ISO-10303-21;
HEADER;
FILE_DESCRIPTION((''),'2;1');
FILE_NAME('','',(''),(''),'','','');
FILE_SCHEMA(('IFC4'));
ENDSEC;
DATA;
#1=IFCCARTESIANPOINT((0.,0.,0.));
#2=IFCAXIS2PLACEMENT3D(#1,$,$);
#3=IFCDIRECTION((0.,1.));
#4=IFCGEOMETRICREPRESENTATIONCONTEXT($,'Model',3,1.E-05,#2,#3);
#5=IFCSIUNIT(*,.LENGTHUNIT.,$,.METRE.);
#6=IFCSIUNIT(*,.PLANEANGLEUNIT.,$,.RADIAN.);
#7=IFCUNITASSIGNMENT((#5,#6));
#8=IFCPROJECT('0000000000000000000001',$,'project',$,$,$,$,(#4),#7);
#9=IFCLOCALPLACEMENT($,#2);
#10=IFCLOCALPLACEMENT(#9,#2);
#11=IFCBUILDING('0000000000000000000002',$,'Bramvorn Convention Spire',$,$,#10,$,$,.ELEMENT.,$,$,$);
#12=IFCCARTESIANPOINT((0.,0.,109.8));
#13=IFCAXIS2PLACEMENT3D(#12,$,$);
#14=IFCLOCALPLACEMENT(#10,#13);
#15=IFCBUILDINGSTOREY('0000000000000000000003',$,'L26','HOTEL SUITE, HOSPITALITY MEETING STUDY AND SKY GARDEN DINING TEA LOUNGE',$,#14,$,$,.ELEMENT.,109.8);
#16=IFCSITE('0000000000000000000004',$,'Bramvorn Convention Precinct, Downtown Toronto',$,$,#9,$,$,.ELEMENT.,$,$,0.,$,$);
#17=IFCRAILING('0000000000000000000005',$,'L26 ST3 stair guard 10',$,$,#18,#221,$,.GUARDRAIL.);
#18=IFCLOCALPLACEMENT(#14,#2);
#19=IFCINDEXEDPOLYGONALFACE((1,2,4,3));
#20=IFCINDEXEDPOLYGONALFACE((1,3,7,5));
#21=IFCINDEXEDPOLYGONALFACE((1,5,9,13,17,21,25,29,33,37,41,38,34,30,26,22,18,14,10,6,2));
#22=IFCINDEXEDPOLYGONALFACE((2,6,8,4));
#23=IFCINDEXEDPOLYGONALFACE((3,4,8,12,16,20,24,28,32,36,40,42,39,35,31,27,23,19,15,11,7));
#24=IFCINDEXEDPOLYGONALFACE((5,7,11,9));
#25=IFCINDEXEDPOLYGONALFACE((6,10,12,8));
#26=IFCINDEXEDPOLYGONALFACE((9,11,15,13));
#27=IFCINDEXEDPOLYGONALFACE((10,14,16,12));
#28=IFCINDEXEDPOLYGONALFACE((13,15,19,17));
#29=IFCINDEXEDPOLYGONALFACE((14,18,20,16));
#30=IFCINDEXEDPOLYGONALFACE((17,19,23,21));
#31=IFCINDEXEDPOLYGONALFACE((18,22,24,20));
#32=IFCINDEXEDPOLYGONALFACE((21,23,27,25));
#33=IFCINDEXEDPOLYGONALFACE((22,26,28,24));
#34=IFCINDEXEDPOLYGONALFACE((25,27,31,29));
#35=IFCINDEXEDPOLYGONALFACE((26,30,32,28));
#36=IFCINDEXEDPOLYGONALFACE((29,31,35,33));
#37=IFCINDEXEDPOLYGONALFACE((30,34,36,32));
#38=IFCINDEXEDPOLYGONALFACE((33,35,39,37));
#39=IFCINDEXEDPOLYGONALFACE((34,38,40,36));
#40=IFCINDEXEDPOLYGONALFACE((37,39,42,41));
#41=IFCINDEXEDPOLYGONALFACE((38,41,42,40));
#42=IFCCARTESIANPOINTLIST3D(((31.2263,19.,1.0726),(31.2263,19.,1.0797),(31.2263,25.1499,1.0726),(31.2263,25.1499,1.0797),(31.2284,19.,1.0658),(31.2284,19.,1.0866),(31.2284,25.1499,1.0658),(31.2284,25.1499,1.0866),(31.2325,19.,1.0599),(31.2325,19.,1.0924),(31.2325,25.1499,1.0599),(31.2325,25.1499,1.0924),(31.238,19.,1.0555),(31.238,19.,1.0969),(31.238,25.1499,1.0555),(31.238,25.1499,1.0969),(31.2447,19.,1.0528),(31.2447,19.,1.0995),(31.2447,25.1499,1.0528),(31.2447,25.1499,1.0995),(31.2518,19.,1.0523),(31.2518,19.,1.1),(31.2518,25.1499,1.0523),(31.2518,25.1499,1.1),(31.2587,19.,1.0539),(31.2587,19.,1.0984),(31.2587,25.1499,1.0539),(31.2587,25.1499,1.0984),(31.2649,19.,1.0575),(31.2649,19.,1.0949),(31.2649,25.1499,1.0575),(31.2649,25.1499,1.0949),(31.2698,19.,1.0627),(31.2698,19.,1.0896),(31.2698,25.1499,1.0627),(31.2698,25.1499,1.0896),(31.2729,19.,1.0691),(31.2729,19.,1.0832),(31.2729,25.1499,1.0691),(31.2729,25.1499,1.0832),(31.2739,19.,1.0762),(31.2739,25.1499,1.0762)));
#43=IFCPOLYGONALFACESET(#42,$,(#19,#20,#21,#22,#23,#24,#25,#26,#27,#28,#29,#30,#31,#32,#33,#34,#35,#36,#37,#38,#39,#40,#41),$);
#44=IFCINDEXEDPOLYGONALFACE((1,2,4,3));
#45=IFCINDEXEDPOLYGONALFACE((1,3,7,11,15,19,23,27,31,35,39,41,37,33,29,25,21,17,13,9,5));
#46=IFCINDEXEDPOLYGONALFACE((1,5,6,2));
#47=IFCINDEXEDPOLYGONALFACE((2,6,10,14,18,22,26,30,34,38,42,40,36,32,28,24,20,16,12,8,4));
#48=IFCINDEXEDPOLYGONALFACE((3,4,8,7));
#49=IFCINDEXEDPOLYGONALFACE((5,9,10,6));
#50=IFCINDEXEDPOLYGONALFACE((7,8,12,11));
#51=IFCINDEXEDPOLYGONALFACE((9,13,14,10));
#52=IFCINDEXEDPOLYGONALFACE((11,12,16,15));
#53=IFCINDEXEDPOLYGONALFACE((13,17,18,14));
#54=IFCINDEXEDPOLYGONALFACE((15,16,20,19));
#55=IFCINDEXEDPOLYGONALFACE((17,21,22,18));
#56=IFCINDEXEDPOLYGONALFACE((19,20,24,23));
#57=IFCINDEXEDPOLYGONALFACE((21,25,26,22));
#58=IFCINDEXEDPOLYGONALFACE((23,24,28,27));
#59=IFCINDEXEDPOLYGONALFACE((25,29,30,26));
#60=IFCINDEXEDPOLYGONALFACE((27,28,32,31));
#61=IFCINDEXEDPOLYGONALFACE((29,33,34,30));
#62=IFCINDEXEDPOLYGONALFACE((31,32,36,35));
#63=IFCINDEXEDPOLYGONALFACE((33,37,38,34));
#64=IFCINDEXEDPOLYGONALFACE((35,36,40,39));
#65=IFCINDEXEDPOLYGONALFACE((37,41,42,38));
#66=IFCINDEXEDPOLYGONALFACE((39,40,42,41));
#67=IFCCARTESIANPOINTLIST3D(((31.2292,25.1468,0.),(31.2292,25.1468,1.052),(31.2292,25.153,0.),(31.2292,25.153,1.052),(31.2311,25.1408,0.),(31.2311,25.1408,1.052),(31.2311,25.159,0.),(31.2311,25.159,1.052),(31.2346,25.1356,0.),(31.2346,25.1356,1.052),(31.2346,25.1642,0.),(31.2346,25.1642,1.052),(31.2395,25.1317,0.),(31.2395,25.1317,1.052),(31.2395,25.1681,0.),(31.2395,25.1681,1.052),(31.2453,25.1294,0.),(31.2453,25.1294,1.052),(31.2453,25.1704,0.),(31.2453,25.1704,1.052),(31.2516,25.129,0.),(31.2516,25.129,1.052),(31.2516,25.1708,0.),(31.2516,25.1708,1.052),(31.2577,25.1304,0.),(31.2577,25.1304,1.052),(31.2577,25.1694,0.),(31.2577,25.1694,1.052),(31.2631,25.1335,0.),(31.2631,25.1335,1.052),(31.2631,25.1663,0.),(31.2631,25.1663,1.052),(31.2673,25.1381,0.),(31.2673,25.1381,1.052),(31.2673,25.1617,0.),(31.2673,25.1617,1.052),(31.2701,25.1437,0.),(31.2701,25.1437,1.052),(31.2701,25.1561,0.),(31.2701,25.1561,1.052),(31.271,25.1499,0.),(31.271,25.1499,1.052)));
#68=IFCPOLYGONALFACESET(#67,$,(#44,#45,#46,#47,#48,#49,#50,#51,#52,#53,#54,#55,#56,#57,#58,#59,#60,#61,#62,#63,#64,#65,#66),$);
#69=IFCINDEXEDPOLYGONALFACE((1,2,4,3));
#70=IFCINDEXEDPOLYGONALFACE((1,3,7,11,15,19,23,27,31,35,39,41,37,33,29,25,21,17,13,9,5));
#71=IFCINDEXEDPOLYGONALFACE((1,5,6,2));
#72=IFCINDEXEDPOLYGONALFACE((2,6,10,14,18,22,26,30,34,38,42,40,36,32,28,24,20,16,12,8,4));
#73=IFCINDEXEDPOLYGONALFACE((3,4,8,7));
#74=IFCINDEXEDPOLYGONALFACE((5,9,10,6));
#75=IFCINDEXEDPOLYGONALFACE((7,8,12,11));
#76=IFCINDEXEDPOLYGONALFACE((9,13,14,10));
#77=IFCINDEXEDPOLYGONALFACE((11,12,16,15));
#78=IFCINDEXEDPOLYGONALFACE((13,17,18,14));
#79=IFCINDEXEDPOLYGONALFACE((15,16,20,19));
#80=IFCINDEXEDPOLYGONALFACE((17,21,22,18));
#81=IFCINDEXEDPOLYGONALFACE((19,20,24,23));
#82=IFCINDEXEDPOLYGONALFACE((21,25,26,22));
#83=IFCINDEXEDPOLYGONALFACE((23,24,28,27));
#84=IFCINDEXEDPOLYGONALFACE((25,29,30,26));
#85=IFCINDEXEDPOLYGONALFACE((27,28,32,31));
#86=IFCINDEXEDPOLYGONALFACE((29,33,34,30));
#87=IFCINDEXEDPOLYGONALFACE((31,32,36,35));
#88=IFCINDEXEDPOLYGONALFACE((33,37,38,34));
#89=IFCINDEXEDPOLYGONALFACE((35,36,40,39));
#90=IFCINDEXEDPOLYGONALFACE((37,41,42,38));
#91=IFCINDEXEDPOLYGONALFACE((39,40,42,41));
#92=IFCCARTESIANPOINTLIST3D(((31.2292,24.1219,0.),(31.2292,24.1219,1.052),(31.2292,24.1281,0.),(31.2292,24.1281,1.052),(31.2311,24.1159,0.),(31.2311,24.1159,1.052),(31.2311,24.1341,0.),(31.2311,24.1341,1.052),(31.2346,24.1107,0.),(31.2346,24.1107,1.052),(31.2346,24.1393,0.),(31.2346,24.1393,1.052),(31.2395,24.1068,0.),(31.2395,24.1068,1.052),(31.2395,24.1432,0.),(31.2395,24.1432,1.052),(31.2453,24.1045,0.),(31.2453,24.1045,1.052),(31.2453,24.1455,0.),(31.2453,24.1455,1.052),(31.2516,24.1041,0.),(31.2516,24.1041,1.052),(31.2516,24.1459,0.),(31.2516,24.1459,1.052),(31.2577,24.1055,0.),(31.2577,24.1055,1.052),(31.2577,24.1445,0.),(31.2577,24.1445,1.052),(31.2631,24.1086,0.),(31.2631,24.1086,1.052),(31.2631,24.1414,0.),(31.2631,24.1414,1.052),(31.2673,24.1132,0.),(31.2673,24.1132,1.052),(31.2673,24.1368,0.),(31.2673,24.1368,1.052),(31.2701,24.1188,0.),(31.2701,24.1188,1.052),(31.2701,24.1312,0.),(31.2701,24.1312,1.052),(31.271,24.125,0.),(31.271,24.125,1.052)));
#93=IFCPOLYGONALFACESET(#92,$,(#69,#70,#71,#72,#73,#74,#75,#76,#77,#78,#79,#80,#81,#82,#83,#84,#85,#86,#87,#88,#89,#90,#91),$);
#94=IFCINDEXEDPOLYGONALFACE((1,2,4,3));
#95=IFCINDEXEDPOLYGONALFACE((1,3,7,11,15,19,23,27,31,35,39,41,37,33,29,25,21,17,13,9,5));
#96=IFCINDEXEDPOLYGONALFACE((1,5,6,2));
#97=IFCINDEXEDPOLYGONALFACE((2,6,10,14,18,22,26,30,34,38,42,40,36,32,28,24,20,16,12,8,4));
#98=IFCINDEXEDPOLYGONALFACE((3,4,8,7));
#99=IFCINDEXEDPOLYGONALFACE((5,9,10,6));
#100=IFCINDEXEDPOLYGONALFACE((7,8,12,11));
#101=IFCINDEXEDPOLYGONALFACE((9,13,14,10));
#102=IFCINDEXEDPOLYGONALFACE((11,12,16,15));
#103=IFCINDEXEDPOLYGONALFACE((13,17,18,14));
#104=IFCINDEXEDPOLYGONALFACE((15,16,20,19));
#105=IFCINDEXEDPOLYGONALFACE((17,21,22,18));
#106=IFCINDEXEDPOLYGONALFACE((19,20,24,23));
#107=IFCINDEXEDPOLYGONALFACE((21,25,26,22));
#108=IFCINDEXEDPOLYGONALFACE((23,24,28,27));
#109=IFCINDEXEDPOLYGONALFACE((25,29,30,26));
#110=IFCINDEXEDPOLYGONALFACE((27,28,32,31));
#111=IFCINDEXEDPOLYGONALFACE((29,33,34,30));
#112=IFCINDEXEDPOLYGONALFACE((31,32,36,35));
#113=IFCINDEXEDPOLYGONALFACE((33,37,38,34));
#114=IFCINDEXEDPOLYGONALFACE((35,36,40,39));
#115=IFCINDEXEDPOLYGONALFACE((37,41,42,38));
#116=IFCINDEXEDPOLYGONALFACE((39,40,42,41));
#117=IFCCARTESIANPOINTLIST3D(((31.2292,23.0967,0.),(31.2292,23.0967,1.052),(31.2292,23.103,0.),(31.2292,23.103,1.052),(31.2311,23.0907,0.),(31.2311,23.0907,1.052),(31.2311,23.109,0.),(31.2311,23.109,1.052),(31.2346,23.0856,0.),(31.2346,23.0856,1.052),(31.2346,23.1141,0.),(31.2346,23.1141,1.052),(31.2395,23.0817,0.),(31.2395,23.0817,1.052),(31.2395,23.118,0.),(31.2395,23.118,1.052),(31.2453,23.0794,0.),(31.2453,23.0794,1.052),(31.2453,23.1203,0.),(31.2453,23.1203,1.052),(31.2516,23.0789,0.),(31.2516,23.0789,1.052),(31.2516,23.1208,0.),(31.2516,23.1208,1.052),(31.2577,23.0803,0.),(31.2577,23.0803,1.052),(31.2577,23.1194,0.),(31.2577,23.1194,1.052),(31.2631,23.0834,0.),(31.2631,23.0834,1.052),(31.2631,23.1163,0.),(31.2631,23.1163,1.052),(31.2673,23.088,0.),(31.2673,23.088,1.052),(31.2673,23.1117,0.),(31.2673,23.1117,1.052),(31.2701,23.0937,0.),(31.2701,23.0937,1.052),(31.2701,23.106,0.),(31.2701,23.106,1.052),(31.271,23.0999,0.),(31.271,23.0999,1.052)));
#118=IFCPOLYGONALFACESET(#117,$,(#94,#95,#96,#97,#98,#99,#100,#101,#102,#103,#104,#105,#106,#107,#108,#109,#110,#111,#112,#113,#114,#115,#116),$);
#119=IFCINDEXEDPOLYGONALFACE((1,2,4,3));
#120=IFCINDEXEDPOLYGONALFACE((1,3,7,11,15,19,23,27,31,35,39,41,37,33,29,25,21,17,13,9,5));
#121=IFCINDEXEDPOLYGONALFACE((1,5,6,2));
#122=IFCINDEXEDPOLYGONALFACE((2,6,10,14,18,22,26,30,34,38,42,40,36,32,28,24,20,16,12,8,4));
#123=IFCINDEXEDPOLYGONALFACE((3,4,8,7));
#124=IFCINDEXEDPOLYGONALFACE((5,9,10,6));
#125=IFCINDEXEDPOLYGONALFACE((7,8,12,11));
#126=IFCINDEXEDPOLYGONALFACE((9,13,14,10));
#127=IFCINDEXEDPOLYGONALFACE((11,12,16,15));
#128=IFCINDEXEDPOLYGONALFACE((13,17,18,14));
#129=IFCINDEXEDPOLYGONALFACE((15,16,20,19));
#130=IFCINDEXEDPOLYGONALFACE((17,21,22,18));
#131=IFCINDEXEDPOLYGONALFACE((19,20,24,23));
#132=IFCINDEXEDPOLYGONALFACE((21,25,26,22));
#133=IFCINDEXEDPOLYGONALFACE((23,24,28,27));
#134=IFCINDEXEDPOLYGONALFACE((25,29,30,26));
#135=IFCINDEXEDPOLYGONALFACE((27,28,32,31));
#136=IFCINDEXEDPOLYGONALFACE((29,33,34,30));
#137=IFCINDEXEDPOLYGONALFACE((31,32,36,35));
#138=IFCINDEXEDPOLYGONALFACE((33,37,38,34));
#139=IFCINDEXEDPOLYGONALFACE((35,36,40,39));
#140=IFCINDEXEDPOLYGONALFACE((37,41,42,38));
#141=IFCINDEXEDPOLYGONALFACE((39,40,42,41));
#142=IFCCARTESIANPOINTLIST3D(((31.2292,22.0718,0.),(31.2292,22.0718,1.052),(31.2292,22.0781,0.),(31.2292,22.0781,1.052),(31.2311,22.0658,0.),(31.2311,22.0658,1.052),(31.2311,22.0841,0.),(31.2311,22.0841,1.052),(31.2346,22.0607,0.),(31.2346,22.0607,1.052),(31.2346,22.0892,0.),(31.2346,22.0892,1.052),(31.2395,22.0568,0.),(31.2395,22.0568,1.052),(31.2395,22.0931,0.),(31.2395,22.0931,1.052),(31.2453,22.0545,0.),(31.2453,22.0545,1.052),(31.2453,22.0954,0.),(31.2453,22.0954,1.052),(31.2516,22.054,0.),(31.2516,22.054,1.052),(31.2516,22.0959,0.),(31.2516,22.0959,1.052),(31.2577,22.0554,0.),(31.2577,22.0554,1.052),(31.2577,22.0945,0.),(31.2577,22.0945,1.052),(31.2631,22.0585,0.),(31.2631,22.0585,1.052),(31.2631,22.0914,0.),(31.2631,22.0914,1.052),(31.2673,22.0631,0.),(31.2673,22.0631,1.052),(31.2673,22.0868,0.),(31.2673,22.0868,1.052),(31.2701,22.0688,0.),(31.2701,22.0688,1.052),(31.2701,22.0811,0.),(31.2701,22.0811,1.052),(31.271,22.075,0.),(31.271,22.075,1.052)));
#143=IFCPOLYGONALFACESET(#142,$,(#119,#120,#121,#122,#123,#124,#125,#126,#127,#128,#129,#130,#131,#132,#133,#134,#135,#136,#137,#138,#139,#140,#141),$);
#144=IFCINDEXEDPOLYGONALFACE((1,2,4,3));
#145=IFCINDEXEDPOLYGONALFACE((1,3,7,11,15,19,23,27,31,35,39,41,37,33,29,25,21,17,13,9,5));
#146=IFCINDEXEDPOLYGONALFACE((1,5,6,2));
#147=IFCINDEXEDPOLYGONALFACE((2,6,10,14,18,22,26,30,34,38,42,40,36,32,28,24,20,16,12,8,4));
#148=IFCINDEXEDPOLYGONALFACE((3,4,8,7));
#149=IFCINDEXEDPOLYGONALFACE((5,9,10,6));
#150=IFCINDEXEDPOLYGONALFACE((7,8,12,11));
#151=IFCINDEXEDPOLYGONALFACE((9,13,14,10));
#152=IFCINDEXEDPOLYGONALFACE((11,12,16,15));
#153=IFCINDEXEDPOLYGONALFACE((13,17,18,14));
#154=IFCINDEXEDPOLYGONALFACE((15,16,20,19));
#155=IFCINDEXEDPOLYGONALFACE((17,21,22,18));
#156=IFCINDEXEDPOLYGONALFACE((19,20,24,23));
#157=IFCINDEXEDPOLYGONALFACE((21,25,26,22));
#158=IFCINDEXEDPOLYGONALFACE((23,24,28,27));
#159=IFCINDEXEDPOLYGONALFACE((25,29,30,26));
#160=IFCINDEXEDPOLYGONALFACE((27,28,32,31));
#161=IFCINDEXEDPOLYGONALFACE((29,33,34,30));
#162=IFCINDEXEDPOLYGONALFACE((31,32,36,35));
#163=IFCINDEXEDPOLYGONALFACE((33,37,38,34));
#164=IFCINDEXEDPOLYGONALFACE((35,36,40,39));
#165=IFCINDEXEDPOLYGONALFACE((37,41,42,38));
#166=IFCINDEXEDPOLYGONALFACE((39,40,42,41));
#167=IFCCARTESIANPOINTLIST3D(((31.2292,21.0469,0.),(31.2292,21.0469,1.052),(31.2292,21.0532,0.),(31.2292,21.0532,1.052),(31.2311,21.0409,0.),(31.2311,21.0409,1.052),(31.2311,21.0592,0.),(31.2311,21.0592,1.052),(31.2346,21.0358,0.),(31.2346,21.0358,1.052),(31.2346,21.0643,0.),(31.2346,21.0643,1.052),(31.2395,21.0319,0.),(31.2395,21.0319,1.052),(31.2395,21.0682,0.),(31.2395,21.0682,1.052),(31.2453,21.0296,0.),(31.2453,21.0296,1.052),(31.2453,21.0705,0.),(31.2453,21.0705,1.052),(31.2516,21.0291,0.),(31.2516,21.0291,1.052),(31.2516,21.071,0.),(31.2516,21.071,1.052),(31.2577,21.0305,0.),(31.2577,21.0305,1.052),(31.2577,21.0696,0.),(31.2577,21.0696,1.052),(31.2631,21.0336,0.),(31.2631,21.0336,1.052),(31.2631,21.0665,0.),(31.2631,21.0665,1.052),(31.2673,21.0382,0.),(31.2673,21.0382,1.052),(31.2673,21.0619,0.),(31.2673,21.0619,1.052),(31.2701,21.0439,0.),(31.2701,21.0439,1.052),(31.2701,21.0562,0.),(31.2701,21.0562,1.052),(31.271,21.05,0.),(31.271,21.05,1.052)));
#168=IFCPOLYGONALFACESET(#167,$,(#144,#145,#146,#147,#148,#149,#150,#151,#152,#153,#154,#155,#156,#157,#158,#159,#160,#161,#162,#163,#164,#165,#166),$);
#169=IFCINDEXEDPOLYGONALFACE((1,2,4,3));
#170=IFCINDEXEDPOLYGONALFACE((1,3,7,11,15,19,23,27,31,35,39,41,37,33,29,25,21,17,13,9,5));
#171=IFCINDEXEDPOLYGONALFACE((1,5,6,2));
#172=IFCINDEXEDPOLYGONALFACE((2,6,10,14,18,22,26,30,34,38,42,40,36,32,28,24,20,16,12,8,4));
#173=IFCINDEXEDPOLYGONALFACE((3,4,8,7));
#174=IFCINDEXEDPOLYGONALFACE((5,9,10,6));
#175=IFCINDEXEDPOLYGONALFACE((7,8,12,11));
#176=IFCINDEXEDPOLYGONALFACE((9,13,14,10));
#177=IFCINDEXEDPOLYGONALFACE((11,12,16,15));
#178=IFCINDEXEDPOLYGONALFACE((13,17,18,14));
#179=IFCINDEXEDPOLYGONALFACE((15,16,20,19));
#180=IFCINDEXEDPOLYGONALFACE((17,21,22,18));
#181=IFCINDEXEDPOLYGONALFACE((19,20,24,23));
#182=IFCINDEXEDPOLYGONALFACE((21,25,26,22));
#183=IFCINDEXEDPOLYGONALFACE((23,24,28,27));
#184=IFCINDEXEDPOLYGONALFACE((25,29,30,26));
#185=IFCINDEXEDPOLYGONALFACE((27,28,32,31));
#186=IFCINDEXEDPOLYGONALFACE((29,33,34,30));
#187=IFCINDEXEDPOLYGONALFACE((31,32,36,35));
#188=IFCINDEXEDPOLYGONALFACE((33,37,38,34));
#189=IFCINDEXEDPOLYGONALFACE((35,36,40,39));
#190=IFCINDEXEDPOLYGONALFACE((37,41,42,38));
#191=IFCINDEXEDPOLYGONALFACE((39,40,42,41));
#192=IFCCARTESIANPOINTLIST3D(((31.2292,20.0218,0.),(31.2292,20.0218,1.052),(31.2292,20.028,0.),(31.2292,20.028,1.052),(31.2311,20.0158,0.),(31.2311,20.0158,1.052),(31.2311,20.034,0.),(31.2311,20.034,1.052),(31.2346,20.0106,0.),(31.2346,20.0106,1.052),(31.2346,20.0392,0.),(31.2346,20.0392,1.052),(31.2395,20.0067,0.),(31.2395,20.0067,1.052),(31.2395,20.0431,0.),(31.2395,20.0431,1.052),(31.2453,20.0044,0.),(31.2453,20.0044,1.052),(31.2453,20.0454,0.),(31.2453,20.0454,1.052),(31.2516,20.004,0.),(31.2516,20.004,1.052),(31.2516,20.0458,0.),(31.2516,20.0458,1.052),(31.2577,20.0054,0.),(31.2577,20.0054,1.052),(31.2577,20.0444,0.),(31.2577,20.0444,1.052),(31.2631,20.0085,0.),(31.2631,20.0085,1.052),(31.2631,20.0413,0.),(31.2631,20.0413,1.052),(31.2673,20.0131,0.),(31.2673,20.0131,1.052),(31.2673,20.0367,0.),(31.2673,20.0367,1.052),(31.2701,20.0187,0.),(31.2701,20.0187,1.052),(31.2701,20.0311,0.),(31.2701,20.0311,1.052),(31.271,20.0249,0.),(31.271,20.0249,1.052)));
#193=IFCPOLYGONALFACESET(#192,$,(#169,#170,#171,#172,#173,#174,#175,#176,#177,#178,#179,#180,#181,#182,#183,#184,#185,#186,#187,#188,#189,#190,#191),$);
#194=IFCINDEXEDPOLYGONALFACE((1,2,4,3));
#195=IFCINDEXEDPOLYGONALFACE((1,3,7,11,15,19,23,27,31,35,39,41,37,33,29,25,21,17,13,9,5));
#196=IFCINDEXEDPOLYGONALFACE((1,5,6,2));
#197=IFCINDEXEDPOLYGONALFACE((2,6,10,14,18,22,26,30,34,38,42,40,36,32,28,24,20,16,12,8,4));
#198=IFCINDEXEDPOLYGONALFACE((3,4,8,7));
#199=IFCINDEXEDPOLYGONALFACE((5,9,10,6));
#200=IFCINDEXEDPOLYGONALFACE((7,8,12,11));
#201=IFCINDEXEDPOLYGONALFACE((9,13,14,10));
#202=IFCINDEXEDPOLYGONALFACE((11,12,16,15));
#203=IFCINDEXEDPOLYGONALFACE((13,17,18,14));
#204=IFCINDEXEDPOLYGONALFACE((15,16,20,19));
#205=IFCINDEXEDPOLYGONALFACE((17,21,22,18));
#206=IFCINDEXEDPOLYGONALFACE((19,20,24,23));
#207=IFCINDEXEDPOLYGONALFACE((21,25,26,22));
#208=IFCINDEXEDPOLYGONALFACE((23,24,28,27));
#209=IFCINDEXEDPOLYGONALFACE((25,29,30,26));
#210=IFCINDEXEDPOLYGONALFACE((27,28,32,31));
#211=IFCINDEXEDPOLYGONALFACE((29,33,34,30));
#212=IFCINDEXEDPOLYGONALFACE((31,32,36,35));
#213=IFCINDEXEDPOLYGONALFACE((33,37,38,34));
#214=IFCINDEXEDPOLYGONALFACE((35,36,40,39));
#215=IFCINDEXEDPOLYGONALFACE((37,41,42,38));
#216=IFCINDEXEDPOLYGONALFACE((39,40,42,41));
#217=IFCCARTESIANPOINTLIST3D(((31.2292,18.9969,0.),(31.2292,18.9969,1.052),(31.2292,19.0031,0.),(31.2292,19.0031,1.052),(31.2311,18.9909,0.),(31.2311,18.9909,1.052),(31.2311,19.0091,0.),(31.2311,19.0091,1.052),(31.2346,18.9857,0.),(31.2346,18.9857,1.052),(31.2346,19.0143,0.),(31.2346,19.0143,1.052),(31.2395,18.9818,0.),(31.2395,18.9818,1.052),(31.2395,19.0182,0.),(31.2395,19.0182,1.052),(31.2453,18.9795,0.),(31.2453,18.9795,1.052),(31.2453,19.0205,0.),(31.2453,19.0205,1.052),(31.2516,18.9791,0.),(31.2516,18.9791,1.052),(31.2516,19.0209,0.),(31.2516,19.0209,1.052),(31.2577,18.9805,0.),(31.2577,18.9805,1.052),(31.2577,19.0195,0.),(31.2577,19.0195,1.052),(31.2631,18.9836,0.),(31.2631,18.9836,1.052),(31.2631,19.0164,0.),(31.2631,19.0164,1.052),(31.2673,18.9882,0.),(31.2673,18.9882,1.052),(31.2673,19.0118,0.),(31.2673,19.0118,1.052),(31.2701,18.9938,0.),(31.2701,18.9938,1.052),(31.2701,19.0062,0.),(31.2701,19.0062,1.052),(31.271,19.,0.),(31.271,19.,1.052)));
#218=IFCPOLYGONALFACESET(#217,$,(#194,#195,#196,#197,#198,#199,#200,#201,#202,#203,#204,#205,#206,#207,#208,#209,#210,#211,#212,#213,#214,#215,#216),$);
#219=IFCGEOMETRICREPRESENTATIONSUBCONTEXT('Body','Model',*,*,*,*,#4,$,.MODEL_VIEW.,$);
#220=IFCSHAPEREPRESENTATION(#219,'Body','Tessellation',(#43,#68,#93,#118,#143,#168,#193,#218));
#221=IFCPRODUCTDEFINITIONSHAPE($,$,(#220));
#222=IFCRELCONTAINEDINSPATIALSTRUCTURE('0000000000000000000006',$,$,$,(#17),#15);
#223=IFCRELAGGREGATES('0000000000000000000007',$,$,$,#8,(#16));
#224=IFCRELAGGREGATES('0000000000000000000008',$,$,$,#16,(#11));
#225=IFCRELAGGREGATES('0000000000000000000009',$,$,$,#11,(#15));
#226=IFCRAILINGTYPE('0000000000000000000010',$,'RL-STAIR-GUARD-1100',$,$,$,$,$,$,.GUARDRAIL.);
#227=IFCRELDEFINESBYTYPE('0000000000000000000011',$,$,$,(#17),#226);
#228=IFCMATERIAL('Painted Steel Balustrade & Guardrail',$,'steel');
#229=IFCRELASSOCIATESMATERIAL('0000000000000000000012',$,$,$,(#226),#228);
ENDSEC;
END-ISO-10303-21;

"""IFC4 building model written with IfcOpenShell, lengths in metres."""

from ifc_helpers import new_model, si_unit, direction, frame, origin, origin_2d, place, context, subcontext, project, spatial, circle, extrude, material, type_object, element, save


model = new_model("IFC4")

# Units and contexts
model_context = context("Model", 3, precision=1e-05, world=origin(), true_north=direction((0.0, 1.0)))
body_context = subcontext(model_context, "Body", "Model", "MODEL_VIEW")
ifc_project = project(units=[si_unit("LENGTHUNIT", "METRE"), si_unit("PLANEANGLEUNIT", "RADIAN")], contexts=[model_context])

# Site, building, storey
site_placement = place(None, origin())
site = spatial("IfcSite", under=ifc_project, at=site_placement, Name="Bramvorn Convention Precinct, Downtown Toronto", CompositionType="ELEMENT", RefElevation=0.0)
building_placement = place(site_placement, origin())
building = spatial("IfcBuilding", under=site, at=building_placement, Name="Bramvorn Convention Spire", CompositionType="ELEMENT")
storey_placement = place(building_placement, frame((0.0, 0.0, 109.8)))
storey = spatial("IfcBuildingStorey", under=building, at=storey_placement, Name="L26", Description="HOTEL SUITE, HOSPITALITY MEETING STUDY AND SKY GARDEN DINING TEA LOUNGE", CompositionType="ELEMENT", Elevation=109.8)

# Railing
ifc_material_1 = material(Name="Painted Steel Balustrade & Guardrail", Category="steel")
railing_type = type_object("IfcRailingType", Name="RL-STAIR-GUARD-1100", PredefinedType="GUARDRAIL", material=ifc_material_1)
railing_1_placement = place(storey_placement, frame((31.25, 25.1499, 0.0)))
element("IfcRailing", 1, at=railing_1_placement, inside=storey, type_object=railing_type, Name="L26 ST3 stair guard 10", PredefinedType="GUARDRAIL", context=body_context, shape_type="SweptSolid", body=[
    extrude(circle(Radius=0.0239, at=origin_2d()), frame((0.0, 0.0, 1.0762), z_axis=(0.0, -1.0, 0.0), x_axis=(1.0, 0.0, 0.0)), (0.0, 0.0, 1.0), 6.1499),
    extrude(circle(Radius=0.021, at=origin_2d()), origin(), (0.0, 0.0, 1.0), 1.052),
    extrude(circle(Radius=0.021, at=origin_2d()), frame((0.0, -1.0249, 0.0)), (0.0, 0.0, 1.0), 1.052),
    extrude(circle(Radius=0.021, at=origin_2d()), frame((0.0, -2.05, 0.0)), (0.0, 0.0, 1.0), 1.052),
    extrude(circle(Radius=0.021, at=origin_2d()), frame((0.0, -3.075, 0.0)), (0.0, 0.0, 1.0), 1.052),
    extrude(circle(Radius=0.021, at=origin_2d()), frame((0.0, -4.0999, 0.0)), (0.0, 0.0, 1.0), 1.052),
    extrude(circle(Radius=0.021, at=origin_2d()), frame((0.0, -5.125, 0.0)), (0.0, 0.0, 1.0), 1.052),
    extrude(circle(Radius=0.021, at=origin_2d()), frame((0.0, -6.1499, 0.0)), (0.0, 0.0, 1.0), 1.052),
])

save(model, "model.ifc")
